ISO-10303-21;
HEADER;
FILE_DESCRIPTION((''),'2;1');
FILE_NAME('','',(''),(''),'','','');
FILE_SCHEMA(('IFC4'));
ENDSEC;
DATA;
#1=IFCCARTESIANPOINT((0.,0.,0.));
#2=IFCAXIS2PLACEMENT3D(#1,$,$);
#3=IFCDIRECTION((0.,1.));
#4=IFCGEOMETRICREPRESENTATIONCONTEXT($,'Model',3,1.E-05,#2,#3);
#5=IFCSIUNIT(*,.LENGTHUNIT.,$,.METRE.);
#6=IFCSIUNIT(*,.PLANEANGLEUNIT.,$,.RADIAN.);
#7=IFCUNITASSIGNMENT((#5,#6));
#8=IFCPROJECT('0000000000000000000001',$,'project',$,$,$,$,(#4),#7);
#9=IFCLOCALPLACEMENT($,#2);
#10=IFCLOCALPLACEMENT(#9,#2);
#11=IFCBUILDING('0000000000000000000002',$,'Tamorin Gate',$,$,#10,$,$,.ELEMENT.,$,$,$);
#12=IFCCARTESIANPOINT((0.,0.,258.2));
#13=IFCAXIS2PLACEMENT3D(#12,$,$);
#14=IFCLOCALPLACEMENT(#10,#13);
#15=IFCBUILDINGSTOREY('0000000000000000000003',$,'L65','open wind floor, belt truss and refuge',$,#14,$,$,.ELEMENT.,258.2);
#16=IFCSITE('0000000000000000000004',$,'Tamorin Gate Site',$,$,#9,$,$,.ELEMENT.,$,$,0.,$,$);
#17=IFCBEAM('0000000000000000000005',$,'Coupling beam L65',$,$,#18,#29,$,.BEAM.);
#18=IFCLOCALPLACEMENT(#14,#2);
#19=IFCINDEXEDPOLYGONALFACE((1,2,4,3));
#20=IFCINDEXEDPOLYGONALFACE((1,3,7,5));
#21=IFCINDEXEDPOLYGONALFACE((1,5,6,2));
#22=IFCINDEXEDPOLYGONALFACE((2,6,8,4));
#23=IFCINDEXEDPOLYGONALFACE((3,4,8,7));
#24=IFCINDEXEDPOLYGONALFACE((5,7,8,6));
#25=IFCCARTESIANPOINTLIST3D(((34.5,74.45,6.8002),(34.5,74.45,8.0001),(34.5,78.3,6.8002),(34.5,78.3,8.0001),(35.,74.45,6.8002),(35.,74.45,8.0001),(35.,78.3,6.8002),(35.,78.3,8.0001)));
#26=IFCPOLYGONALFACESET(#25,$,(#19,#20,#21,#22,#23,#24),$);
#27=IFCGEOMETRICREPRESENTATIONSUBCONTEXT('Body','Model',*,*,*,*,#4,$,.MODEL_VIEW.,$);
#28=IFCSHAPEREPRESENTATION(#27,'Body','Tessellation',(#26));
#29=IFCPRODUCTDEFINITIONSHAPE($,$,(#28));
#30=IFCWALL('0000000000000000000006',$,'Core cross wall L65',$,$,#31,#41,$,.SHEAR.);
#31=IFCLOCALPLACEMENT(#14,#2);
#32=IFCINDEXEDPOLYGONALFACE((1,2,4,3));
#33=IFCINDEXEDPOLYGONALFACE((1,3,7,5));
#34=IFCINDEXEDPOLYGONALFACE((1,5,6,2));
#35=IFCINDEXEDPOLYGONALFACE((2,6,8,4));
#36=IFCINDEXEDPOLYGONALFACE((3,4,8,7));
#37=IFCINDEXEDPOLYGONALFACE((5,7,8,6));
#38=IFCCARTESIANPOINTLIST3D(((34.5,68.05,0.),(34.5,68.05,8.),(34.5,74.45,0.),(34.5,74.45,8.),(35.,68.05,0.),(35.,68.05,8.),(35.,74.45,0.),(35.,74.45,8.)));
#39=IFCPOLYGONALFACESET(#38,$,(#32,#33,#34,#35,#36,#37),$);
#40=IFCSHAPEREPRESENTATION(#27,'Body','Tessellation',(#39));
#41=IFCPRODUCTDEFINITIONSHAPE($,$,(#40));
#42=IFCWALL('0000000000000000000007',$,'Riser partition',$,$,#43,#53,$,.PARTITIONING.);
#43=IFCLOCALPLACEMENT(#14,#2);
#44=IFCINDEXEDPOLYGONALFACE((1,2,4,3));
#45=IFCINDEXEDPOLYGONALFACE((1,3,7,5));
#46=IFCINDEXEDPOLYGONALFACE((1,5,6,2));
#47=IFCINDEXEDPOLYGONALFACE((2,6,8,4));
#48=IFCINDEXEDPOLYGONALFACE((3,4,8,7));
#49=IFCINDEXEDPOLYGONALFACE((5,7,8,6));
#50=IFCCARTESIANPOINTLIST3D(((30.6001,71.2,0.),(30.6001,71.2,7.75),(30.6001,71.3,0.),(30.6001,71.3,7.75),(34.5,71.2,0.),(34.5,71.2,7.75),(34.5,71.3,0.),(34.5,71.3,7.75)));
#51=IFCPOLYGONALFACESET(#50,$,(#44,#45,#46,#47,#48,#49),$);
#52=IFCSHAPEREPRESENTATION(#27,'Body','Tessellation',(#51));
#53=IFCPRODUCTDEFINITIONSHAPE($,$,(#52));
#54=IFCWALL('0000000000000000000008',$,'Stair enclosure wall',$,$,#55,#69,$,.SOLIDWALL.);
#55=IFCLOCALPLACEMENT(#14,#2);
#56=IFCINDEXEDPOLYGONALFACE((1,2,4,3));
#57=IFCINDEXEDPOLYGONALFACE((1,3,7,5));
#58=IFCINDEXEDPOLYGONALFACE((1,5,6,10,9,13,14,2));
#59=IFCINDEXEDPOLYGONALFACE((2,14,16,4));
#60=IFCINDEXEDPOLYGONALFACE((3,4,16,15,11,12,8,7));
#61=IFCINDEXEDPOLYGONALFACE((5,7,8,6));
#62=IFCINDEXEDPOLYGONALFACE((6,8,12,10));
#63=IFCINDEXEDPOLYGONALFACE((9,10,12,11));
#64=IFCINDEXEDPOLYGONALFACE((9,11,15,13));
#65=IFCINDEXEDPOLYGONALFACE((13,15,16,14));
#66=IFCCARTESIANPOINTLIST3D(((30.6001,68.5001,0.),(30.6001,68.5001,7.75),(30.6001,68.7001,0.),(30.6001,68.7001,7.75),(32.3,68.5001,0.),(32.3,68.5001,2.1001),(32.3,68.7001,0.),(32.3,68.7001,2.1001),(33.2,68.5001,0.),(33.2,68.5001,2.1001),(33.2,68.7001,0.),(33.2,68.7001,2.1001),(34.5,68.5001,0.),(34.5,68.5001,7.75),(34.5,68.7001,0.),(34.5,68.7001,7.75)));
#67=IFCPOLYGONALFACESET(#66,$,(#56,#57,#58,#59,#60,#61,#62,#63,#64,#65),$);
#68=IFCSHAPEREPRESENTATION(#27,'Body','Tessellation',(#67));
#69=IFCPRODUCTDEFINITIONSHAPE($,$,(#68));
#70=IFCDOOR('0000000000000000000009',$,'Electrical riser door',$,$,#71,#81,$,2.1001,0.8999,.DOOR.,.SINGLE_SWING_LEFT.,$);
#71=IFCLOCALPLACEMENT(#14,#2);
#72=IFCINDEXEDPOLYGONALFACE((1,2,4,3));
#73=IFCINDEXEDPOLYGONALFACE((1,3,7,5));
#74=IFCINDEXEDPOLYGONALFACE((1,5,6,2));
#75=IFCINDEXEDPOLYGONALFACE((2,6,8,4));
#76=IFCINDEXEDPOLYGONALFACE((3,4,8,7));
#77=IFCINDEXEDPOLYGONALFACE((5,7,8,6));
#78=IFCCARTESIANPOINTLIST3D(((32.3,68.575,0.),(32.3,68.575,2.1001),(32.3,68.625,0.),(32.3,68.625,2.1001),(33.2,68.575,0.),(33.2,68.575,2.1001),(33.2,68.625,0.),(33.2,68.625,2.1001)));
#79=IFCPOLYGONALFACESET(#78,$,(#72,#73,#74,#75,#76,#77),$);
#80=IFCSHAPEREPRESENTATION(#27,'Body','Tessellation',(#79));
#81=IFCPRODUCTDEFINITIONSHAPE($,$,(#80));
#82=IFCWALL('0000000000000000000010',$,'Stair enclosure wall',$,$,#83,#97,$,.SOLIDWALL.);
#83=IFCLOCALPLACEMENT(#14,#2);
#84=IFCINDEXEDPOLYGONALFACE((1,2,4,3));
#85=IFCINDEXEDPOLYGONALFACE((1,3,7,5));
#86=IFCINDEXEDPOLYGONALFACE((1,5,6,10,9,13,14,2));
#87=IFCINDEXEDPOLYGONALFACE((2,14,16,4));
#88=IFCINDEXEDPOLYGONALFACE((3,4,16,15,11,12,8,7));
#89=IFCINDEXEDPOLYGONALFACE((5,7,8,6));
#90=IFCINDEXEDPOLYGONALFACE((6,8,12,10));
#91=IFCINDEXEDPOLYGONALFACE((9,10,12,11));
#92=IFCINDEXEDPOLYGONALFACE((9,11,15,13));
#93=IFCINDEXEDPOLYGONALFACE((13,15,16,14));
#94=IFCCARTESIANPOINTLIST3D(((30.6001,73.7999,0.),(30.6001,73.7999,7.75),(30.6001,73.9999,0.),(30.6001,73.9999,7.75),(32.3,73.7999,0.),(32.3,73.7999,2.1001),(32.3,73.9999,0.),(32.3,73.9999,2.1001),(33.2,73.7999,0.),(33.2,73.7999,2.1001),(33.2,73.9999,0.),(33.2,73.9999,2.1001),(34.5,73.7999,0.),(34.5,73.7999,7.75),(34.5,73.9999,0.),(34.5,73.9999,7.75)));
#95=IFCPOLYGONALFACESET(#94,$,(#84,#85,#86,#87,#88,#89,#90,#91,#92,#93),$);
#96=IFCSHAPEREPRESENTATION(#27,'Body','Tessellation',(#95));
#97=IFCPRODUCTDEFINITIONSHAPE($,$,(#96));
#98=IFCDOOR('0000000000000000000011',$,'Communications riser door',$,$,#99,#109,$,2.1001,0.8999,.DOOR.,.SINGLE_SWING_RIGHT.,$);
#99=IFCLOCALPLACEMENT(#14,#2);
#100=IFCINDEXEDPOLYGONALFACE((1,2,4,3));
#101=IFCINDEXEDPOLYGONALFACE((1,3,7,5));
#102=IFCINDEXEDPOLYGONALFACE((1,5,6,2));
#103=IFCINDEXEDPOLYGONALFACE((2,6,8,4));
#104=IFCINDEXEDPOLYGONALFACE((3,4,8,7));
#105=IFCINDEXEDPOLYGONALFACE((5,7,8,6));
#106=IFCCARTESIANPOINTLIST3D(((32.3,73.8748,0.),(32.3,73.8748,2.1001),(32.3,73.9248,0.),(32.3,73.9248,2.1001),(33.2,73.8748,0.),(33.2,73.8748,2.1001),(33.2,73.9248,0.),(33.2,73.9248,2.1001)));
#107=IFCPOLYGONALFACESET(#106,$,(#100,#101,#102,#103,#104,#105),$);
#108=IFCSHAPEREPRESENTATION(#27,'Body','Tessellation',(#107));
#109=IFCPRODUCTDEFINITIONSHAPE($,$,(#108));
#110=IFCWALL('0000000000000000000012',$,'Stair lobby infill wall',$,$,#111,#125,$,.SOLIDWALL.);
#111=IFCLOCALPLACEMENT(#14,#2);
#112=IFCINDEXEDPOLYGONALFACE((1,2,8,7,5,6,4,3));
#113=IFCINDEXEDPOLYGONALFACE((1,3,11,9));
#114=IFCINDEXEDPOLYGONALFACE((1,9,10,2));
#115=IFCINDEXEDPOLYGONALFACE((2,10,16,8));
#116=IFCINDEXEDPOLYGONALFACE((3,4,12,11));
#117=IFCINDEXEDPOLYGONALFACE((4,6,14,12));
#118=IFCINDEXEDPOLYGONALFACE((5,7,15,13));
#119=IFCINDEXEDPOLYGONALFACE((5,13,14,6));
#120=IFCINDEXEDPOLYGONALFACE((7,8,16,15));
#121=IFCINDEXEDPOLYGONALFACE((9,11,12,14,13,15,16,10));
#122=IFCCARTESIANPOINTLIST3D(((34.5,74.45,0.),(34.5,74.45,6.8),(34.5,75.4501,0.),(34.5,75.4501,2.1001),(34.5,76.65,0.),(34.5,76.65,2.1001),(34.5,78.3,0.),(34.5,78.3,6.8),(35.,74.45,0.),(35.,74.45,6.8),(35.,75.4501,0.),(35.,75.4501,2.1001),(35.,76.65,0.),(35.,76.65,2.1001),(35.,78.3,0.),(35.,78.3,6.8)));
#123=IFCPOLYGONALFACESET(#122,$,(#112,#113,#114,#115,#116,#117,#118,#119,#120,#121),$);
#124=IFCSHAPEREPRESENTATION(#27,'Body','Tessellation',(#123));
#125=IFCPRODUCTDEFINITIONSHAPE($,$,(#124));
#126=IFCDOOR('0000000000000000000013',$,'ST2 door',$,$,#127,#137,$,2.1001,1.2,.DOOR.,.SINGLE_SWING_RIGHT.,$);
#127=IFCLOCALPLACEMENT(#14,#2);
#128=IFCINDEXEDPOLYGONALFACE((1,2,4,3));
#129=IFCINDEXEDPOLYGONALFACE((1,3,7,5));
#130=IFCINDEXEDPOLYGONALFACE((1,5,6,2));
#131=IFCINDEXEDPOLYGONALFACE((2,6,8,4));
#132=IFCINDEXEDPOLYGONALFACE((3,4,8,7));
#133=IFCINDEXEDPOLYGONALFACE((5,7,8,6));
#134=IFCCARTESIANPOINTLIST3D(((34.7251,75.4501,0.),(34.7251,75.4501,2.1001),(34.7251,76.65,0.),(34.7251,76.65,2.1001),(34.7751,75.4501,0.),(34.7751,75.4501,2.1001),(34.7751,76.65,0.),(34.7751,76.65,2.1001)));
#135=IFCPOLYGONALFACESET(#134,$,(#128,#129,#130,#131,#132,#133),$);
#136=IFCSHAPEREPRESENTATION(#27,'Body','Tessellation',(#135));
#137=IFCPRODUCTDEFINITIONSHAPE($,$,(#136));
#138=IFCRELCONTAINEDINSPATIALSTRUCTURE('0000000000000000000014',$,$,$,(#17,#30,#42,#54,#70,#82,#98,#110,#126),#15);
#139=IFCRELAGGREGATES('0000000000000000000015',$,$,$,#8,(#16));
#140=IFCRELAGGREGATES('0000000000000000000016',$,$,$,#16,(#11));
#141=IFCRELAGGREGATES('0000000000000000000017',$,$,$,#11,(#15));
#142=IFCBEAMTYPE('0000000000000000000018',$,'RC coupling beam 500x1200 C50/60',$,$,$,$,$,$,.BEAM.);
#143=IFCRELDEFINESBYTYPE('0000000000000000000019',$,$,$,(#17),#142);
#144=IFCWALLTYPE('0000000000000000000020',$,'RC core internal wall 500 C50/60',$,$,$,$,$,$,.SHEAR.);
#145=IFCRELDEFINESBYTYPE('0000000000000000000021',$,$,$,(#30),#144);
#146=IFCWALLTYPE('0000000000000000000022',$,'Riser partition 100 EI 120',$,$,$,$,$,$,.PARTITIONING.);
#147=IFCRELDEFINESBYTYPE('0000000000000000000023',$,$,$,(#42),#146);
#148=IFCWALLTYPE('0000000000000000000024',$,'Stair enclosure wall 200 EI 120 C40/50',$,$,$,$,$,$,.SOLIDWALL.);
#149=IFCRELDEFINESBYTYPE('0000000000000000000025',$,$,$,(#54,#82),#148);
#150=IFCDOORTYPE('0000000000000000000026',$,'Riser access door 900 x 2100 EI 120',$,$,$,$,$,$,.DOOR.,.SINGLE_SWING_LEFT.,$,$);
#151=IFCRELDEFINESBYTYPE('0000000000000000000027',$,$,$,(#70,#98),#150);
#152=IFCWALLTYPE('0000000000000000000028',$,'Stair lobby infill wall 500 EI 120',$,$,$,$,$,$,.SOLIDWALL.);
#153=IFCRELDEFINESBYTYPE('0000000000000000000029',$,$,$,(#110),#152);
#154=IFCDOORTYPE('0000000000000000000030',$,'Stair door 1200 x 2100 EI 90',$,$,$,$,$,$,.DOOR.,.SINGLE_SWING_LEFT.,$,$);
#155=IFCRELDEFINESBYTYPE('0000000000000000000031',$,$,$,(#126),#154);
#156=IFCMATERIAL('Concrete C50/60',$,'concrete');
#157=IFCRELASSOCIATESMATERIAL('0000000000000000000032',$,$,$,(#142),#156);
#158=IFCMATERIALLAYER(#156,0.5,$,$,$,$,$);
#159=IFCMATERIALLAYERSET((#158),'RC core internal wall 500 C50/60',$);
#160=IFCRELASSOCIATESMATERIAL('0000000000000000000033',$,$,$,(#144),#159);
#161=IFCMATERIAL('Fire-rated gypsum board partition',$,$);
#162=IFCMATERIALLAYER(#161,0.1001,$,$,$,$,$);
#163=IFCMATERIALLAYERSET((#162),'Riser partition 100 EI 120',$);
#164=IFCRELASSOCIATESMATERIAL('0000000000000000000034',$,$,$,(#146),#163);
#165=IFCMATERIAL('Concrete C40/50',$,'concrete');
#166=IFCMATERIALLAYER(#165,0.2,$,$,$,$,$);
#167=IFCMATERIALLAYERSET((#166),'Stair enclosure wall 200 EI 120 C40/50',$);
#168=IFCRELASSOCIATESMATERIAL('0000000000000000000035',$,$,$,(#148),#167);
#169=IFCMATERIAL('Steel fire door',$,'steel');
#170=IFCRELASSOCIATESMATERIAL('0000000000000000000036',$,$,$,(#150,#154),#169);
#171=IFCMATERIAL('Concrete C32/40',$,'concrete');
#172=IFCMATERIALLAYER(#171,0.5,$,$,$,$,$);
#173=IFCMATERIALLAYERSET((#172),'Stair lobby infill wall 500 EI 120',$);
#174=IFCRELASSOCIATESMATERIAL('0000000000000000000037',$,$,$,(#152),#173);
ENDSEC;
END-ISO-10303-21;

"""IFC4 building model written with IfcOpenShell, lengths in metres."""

from ifc_helpers import new_model, si_unit, direction, frame, frame_2d, origin, origin_2d, place, context, subcontext, project, spatial, rectangle, extrude, material, layer, layer_set, material_profile, profile_set, type_object, element, fill, save


model = new_model("IFC4")

# Units and contexts
model_context = context("Model", 3, precision=1e-05, world=origin(), true_north=direction((0.0, 1.0)))
body_context = subcontext(model_context, "Body", "Model", "MODEL_VIEW")
ifc_project = project(units=[si_unit("LENGTHUNIT", "METRE"), si_unit("PLANEANGLEUNIT", "RADIAN")], contexts=[model_context])

# Site, building, storey
site_placement = place(None, origin())
site = spatial("IfcSite", under=ifc_project, at=site_placement, Name="Tamorin Gate Site", CompositionType="ELEMENT", RefElevation=0.0)
building_placement = place(site_placement, origin())
building = spatial("IfcBuilding", under=site, at=building_placement, Name="Tamorin Gate", CompositionType="ELEMENT")
storey_placement = place(building_placement, frame((0.0, 0.0, 258.2)))
storey = spatial("IfcBuildingStorey", under=building, at=storey_placement, Name="L65", Description="open wind floor, belt truss and refuge", CompositionType="ELEMENT", Elevation=258.2)

# Beam
ifc_material_1 = material(Name="Concrete C50/60", Category="concrete")
ifc_material_profile = material_profile(ifc_material_1, rectangle(XDim=0.5, YDim=1.2, at=origin_2d()), Name="RC 500x1200")
ifc_profile_set = profile_set([ifc_material_profile], Name="Concrete C50/60")
beam_type = type_object("IfcBeamType", Name="RC coupling beam 500x1200 C50/60", PredefinedType="BEAM", material=ifc_profile_set)
beam_placement = place(storey_placement, frame((34.75, 74.45, 7.4001), z_axis=(0.0, 1.0, 0.0), x_axis=(-1.0, 0.0, 0.0)))
element("IfcBeam", 1, at=beam_placement, inside=storey, type_object=beam_type, Name="Coupling beam L65", PredefinedType="BEAM", context=body_context, shape_type="SweptSolid", body=[
    extrude(rectangle(XDim=0.5, YDim=1.2, at=origin_2d()), origin(), (0.0, 0.0, 1.0), 3.8501),
])

# Walls
ifc_layer_1 = layer(ifc_material_1, 0.5)
ifc_layer_set_1 = layer_set([ifc_layer_1], Name="RC core internal wall 500 C50/60")
wall_type_1 = type_object("IfcWallType", Name="RC core internal wall 500 C50/60", PredefinedType="SHEAR", material=ifc_layer_set_1)
wall_1_placement = place(storey_placement, frame((34.75, 68.05, 0.0), z_axis=(0.0, 0.0, 1.0), x_axis=(0.0, 1.0, 0.0)))
element("IfcWall", 2, at=wall_1_placement, inside=storey, type_object=wall_type_1, Name="Core cross wall L65", PredefinedType="SHEAR", context=body_context, shape_type="SweptSolid", body=[
    extrude(rectangle(XDim=6.3999, YDim=0.5, at=frame_2d((3.2, 0.0))), origin(), (0.0, 0.0, 1.0), 8.0),
])
ifc_material_2 = material(Name="Fire-rated gypsum board partition")
ifc_layer_2 = layer(ifc_material_2, 0.1001)
ifc_layer_set_2 = layer_set([ifc_layer_2], Name="Riser partition 100 EI 120")
wall_type_2 = type_object("IfcWallType", Name="Riser partition 100 EI 120", PredefinedType="PARTITIONING", material=ifc_layer_set_2)
wall_2_placement = place(storey_placement, frame((30.6001, 71.25, 0.0), z_axis=(0.0, 0.0, 1.0), x_axis=(1.0, 0.0, 0.0)))
element("IfcWall", 3, at=wall_2_placement, inside=storey, type_object=wall_type_2, Name="Riser partition", PredefinedType="PARTITIONING", context=body_context, shape_type="SweptSolid", body=[
    extrude(rectangle(XDim=3.8999, YDim=0.1001, at=frame_2d((1.95, 0.0))), origin(), (0.0, 0.0, 1.0), 7.75),
])

# Walls, openings, doors
ifc_material_3 = material(Name="Concrete C40/50", Category="concrete")
ifc_layer_3 = layer(ifc_material_3, 0.2)
ifc_layer_set_3 = layer_set([ifc_layer_3], Name="Stair enclosure wall 200 EI 120 C40/50")
wall_type_3 = type_object("IfcWallType", Name="Stair enclosure wall 200 EI 120 C40/50", PredefinedType="SOLIDWALL", material=ifc_layer_set_3)
wall_3_placement = place(storey_placement, frame((30.6001, 68.6001, 0.0), z_axis=(0.0, 0.0, 1.0), x_axis=(1.0, 0.0, 0.0)))
wall_3 = element("IfcWall", 4, at=wall_3_placement, inside=storey, type_object=wall_type_3, Name="Stair enclosure wall", PredefinedType="SOLIDWALL", context=body_context, shape_type="SweptSolid", body=[
    extrude(rectangle(XDim=3.8999, YDim=0.2, at=frame_2d((1.95, 0.0))), origin(), (0.0, 0.0, 1.0), 7.75),
])
opening_1_placement = place(wall_3_placement, frame((1.7, 0.0, 0.0)))
opening_1 = element("IfcOpeningElement", 5, at=opening_1_placement, cuts=wall_3, PredefinedType="OPENING", context=body_context, shape_type="SweptSolid", body=[
    extrude(rectangle(XDim=0.8999, YDim=2.1001, at=frame_2d((0.45, 1.05))), frame((0.0, 0.1099, 0.0), z_axis=(0.0, -1.0, 0.0), x_axis=(1.0, 0.0, 0.0)), (0.0, 0.0, 1.0), 0.22),
])
ifc_material_4 = material(Name="Steel fire door", Category="steel")
door_type_1 = type_object("IfcDoorType", Name="Riser access door 900 x 2100 EI 120", OperationType="SINGLE_SWING_LEFT", PredefinedType="DOOR", material=ifc_material_4)
door_1_placement = place(opening_1_placement, origin())
door_1 = element("IfcDoor", 6, at=door_1_placement, inside=storey, type_object=door_type_1, Name="Electrical riser door", OperationType="SINGLE_SWING_LEFT", OverallHeight=2.1001, OverallWidth=0.8999, PredefinedType="DOOR", context=body_context, shape_type="SweptSolid", body=[
    extrude(rectangle(XDim=0.8999, YDim=2.1001, at=frame_2d((0.45, 1.05))), frame((0.0, 0.0249, 0.0), z_axis=(0.0, -1.0, 0.0), x_axis=(1.0, 0.0, 0.0)), (0.0, 0.0, 1.0), 0.05),
])
fill(opening_1, door_1)
wall_4_placement = place(storey_placement, frame((30.6001, 73.8999, 0.0), z_axis=(0.0, 0.0, 1.0), x_axis=(1.0, 0.0, 0.0)))
wall_4 = element("IfcWall", 7, at=wall_4_placement, inside=storey, type_object=wall_type_3, Name="Stair enclosure wall", PredefinedType="SOLIDWALL", context=body_context, shape_type="SweptSolid", body=[
    extrude(rectangle(XDim=3.8999, YDim=0.2, at=frame_2d((1.95, 0.0))), origin(), (0.0, 0.0, 1.0), 7.75),
])
opening_2_placement = place(wall_4_placement, frame((1.7, 0.0, 0.0)))
opening_2 = element("IfcOpeningElement", 8, at=opening_2_placement, cuts=wall_4, PredefinedType="OPENING", context=body_context, shape_type="SweptSolid", body=[
    extrude(rectangle(XDim=0.8999, YDim=2.1001, at=frame_2d((0.45, 1.05))), frame((0.0, 0.1099, 0.0), z_axis=(0.0, -1.0, 0.0), x_axis=(1.0, 0.0, 0.0)), (0.0, 0.0, 1.0), 0.22),
])
door_2_placement = place(opening_2_placement, origin())
door_2 = element("IfcDoor", 9, at=door_2_placement, inside=storey, type_object=door_type_1, Name="Communications riser door", OperationType="SINGLE_SWING_RIGHT", OverallHeight=2.1001, OverallWidth=0.8999, PredefinedType="DOOR", context=body_context, shape_type="SweptSolid", body=[
    extrude(rectangle(XDim=0.8999, YDim=2.1001, at=frame_2d((0.45, 1.05))), frame((0.0, 0.0249, 0.0), z_axis=(0.0, -1.0, 0.0), x_axis=(1.0, 0.0, 0.0)), (0.0, 0.0, 1.0), 0.05),
])
fill(opening_2, door_2)
ifc_material_5 = material(Name="Concrete C32/40", Category="concrete")
ifc_layer_4 = layer(ifc_material_5, 0.5)
ifc_layer_set_4 = layer_set([ifc_layer_4], Name="Stair lobby infill wall 500 EI 120")
wall_type_4 = type_object("IfcWallType", Name="Stair lobby infill wall 500 EI 120", PredefinedType="SOLIDWALL", material=ifc_layer_set_4)
wall_5_placement = place(storey_placement, frame((34.75, 74.45, 0.0), z_axis=(0.0, 0.0, 1.0), x_axis=(0.0, 1.0, 0.0)))
wall_5 = element("IfcWall", 10, at=wall_5_placement, inside=storey, type_object=wall_type_4, Name="Stair lobby infill wall", PredefinedType="SOLIDWALL", context=body_context, shape_type="SweptSolid", body=[
    extrude(rectangle(XDim=3.8501, YDim=0.5, at=frame_2d((1.925, 0.0))), origin(), (0.0, 0.0, 1.0), 6.8),
])
opening_3_placement = place(wall_5_placement, frame((1.0, 0.0, 0.0)))
opening_3 = element("IfcOpeningElement", 11, at=opening_3_placement, cuts=wall_5, PredefinedType="OPENING", context=body_context, shape_type="SweptSolid", body=[
    extrude(rectangle(XDim=1.2, YDim=2.1001, at=frame_2d((0.6001, 1.05))), frame((0.0, 0.26, 0.0), z_axis=(0.0, -1.0, 0.0), x_axis=(1.0, 0.0, 0.0)), (0.0, 0.0, 1.0), 0.52),
])
door_type_2 = type_object("IfcDoorType", Name="Stair door 1200 x 2100 EI 90", OperationType="SINGLE_SWING_LEFT", PredefinedType="DOOR", material=ifc_material_4)
door_3_placement = place(opening_3_placement, origin())
door_3 = element("IfcDoor", 12, at=door_3_placement, inside=storey, type_object=door_type_2, Name="ST2 door", OperationType="SINGLE_SWING_RIGHT", OverallHeight=2.1001, OverallWidth=1.2, PredefinedType="DOOR", context=body_context, shape_type="SweptSolid", body=[
    extrude(rectangle(XDim=1.2, YDim=2.1001, at=frame_2d((0.6001, 1.05))), frame((0.0, 0.0249, 0.0), z_axis=(0.0, -1.0, 0.0), x_axis=(1.0, 0.0, 0.0)), (0.0, 0.0, 1.0), 0.05),
])
fill(opening_3, door_3)

save(model, "model.ifc")
